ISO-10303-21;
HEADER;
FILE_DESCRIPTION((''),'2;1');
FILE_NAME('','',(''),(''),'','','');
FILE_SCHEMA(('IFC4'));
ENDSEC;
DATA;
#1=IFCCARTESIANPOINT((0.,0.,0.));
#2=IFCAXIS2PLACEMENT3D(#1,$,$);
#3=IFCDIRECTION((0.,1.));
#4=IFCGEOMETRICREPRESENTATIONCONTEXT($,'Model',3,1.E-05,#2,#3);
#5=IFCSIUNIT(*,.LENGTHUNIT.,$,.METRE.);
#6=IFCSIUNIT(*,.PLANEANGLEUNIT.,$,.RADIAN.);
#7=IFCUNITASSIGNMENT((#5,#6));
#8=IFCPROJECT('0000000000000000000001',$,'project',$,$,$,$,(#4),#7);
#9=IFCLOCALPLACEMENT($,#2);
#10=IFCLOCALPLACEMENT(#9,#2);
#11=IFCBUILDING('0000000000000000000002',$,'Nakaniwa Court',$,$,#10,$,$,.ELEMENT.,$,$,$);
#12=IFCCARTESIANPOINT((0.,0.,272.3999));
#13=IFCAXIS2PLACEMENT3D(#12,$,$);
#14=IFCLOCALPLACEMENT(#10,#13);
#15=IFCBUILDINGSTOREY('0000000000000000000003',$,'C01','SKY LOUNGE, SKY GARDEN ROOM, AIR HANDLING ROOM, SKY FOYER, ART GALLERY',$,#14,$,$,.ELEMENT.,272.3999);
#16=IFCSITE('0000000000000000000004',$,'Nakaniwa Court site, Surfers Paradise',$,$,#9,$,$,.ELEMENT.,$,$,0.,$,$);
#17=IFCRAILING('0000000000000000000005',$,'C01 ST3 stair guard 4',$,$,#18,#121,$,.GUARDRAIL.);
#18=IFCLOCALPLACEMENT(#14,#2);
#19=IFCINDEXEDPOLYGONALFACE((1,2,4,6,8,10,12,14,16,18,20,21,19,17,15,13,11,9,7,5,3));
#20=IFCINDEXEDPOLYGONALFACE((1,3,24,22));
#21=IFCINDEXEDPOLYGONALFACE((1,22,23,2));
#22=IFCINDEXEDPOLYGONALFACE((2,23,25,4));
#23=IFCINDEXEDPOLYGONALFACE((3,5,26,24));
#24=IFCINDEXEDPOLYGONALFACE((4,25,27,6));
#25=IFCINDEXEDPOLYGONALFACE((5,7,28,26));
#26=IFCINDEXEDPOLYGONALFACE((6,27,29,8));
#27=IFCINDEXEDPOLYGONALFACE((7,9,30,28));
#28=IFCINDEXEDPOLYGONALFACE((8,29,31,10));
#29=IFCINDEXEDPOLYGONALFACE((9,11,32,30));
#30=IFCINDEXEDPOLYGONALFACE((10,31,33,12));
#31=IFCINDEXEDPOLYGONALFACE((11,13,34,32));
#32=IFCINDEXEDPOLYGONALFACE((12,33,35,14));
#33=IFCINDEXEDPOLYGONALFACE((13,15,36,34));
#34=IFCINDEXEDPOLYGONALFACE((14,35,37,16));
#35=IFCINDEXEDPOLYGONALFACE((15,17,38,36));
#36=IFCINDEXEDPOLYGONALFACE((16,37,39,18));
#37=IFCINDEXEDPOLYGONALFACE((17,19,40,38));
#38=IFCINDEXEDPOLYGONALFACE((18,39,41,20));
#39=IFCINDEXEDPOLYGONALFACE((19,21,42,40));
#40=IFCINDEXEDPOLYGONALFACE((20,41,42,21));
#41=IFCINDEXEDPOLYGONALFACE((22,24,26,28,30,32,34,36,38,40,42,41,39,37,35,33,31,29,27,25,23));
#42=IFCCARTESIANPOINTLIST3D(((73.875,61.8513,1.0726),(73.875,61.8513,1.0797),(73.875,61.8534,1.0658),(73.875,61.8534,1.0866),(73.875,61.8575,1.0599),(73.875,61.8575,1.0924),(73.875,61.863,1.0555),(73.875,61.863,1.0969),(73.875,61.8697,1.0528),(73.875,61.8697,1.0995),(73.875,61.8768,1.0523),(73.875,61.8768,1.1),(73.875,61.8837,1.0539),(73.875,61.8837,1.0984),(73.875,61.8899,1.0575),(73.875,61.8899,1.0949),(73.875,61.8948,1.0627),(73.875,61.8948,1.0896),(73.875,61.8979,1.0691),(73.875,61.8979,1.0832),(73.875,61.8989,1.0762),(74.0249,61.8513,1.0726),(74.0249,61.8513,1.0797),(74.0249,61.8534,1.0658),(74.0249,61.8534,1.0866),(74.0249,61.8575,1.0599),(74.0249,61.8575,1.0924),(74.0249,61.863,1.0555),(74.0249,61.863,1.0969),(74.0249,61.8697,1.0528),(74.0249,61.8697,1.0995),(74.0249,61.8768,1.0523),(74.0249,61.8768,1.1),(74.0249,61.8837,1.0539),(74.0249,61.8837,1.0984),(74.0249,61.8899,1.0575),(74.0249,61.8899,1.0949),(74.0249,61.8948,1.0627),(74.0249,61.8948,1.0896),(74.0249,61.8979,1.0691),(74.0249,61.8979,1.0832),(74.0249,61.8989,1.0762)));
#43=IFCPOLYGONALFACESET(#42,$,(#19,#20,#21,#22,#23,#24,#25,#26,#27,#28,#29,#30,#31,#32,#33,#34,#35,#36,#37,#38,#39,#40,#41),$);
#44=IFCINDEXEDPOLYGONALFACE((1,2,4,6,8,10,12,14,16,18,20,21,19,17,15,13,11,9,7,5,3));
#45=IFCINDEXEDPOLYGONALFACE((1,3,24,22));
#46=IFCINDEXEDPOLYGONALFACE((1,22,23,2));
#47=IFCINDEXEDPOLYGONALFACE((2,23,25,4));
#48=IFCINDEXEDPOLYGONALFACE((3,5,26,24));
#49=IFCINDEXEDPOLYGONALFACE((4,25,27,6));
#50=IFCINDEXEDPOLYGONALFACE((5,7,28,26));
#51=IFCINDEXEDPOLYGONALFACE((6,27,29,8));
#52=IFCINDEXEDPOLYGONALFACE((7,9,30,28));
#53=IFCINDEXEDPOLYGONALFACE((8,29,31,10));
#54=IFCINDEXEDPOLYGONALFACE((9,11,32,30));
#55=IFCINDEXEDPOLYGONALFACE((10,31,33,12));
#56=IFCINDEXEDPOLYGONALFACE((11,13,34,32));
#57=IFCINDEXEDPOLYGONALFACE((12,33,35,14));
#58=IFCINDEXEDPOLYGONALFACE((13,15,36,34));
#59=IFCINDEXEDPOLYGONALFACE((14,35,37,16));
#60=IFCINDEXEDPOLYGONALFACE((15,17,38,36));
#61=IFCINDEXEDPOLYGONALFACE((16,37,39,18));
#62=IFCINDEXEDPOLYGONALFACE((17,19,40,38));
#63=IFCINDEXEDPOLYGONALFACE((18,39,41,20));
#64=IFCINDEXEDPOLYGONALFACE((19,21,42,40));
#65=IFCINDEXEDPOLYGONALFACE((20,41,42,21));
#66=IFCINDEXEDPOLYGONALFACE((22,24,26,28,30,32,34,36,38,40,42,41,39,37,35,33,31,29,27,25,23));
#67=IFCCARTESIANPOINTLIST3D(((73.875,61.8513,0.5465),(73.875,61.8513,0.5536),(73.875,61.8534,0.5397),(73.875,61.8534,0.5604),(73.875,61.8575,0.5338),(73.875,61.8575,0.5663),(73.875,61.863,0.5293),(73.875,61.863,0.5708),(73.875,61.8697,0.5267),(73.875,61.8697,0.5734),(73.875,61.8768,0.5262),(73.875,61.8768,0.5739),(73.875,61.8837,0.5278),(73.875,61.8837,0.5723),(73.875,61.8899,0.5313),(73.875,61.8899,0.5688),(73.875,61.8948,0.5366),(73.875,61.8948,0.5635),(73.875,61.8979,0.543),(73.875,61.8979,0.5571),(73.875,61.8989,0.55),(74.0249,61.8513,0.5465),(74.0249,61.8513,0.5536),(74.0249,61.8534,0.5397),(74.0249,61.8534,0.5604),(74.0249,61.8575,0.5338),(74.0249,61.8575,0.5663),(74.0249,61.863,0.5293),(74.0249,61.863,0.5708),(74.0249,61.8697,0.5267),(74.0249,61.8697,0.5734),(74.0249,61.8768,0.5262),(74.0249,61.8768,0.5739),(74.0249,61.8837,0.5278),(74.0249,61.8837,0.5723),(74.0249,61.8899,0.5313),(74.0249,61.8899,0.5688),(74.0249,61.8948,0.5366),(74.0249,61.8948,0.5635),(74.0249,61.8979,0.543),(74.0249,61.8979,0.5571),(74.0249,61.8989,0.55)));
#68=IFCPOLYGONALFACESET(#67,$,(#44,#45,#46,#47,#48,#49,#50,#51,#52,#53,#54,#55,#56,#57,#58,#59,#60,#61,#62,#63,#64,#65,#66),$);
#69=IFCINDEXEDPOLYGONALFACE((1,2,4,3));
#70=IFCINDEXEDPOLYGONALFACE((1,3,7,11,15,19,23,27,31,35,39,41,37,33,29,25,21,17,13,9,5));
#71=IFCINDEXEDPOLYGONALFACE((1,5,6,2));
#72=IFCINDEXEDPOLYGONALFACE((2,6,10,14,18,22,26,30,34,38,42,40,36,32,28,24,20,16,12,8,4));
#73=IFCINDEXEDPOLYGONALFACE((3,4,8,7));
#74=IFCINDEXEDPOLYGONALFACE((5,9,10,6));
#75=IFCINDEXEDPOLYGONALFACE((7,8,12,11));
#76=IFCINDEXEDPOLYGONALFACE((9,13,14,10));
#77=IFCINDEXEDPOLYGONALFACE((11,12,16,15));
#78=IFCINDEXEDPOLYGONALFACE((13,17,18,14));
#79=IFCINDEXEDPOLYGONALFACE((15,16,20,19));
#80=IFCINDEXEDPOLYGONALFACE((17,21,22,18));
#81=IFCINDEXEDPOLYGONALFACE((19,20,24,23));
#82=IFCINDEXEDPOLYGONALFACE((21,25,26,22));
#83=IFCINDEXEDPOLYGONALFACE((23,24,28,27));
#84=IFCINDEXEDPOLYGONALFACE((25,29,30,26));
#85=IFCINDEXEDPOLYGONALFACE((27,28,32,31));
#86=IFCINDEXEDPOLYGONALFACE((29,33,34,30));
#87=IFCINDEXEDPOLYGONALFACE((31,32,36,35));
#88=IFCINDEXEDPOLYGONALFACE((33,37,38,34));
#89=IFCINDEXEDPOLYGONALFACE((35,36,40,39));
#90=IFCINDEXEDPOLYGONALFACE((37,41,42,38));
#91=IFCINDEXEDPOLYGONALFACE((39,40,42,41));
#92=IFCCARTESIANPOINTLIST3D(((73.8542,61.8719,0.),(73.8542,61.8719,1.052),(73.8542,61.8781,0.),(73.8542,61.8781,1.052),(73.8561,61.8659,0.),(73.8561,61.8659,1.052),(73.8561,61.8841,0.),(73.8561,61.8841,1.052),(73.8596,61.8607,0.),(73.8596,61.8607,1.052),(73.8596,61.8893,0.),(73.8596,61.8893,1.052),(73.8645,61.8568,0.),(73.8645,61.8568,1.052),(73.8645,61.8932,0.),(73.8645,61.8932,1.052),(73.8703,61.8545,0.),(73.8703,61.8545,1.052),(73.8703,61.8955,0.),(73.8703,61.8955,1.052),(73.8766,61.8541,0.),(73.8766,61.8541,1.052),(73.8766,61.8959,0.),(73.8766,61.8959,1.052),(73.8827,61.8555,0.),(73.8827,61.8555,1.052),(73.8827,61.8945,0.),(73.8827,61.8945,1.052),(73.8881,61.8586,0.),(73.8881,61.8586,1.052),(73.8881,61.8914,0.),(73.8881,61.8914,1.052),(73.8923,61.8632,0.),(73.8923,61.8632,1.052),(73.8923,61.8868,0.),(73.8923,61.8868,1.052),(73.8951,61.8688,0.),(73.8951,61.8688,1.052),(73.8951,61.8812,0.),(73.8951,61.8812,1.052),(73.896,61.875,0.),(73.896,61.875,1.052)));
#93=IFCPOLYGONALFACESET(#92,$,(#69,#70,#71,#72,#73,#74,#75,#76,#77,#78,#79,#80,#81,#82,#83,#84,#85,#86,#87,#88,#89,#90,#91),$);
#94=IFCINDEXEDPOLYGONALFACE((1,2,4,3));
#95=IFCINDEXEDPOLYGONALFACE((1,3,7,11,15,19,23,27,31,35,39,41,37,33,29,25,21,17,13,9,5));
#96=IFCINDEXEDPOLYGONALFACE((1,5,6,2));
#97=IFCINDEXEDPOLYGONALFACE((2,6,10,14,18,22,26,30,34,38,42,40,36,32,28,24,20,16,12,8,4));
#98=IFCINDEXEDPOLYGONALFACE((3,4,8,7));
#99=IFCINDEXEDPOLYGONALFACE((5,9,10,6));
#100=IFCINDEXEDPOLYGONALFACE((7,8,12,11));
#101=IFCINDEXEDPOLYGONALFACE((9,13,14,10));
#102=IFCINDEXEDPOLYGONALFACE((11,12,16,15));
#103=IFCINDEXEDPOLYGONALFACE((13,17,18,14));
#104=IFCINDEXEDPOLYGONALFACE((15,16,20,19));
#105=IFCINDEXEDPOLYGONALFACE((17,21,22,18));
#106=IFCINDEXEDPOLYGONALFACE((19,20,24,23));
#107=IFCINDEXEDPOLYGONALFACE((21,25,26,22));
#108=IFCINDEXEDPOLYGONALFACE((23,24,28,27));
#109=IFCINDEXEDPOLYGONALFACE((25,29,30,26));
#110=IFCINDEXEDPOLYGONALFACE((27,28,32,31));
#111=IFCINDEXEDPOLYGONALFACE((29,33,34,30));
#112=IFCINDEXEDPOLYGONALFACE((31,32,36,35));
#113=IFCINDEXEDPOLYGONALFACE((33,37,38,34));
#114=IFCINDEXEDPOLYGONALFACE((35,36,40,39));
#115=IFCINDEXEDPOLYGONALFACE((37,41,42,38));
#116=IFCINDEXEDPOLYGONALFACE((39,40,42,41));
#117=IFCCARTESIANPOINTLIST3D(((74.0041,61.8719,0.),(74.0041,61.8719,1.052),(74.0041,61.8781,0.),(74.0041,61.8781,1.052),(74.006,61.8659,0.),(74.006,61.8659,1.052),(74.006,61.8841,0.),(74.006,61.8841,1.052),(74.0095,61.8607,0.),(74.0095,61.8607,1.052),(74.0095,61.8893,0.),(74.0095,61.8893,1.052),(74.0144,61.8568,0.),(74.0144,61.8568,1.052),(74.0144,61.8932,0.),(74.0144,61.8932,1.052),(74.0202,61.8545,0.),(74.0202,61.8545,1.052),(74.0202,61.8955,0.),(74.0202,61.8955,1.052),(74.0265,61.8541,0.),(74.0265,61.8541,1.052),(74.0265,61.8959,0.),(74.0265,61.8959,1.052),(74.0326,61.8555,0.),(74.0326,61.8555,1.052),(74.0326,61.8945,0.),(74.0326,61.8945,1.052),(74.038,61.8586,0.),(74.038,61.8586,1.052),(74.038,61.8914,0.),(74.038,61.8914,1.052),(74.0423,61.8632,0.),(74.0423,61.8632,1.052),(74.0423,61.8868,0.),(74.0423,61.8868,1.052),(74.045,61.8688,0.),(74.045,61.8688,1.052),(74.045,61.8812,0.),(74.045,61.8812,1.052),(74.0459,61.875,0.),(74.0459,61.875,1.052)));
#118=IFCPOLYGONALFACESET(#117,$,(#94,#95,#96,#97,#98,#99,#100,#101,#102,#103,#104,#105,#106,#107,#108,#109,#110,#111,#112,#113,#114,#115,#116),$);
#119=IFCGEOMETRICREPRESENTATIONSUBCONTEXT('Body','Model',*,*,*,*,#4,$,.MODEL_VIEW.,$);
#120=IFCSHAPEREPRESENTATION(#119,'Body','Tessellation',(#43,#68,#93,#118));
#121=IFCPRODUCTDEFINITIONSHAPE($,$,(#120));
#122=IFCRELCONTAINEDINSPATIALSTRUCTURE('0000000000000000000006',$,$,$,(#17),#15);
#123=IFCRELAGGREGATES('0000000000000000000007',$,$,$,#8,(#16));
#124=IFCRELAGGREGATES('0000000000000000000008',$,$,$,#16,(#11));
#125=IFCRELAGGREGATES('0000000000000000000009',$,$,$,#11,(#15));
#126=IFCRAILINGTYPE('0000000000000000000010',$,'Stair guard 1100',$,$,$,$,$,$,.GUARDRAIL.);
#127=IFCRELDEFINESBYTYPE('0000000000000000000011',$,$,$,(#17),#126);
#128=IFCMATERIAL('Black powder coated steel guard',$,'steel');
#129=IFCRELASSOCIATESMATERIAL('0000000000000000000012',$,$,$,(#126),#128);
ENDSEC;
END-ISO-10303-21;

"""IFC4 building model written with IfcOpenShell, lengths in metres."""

from ifc_helpers import new_model, si_unit, direction, frame, origin, origin_2d, place, context, subcontext, project, spatial, circle, extrude, material, type_object, element, save


model = new_model("IFC4")

# Units and contexts
model_context = context("Model", 3, precision=1e-05, world=origin(), true_north=direction((0.0, 1.0)))
body_context = subcontext(model_context, "Body", "Model", "MODEL_VIEW")
ifc_project = project(units=[si_unit("LENGTHUNIT", "METRE"), si_unit("PLANEANGLEUNIT", "RADIAN")], contexts=[model_context])

# Site, building, storey
site_placement = place(None, origin())
site = spatial("IfcSite", under=ifc_project, at=site_placement, Name="Nakaniwa Court site, Surfers Paradise", CompositionType="ELEMENT", RefElevation=0.0)
building_placement = place(site_placement, origin())
building = spatial("IfcBuilding", under=site, at=building_placement, Name="Nakaniwa Court", CompositionType="ELEMENT")
storey_placement = place(building_placement, frame((0.0, 0.0, 272.3999)))
storey = spatial("IfcBuildingStorey", under=building, at=storey_placement, Name="C01", Description="SKY LOUNGE, SKY GARDEN ROOM, AIR HANDLING ROOM, SKY FOYER, ART GALLERY", CompositionType="ELEMENT", Elevation=272.3999)

# Railing
ifc_material_1 = material(Name="Black powder coated steel guard", Category="steel")
railing_type_1 = type_object("IfcRailingType", Name="Stair guard 1100", PredefinedType="GUARDRAIL", material=ifc_material_1)
railing_1_placement = place(storey_placement, frame((73.875, 61.875, 0.0)))
element("IfcRailing", 1, at=railing_1_placement, inside=storey, type_object=railing_type_1, Name="C01 ST3 stair guard 4", PredefinedType="GUARDRAIL", context=body_context, shape_type="SweptSolid", body=[
    extrude(circle(Radius=0.0239, at=origin_2d()), frame((0.0, 0.0, 1.0762), z_axis=(1.0, 0.0, 0.0), x_axis=(0.0, 1.0, 0.0)), (0.0, 0.0, 1.0), 0.1499),
    extrude(circle(Radius=0.0239, at=origin_2d()), frame((0.0, 0.0, 0.55), z_axis=(1.0, 0.0, 0.0), x_axis=(0.0, 1.0, 0.0)), (0.0, 0.0, 1.0), 0.1499),
    extrude(circle(Radius=0.021, at=origin_2d()), origin(), (0.0, 0.0, 1.0), 1.052),
    extrude(circle(Radius=0.021, at=origin_2d()), frame((0.1499, 0.0, 0.0)), (0.0, 0.0, 1.0), 1.052),
])

save(model, "model.ifc")
